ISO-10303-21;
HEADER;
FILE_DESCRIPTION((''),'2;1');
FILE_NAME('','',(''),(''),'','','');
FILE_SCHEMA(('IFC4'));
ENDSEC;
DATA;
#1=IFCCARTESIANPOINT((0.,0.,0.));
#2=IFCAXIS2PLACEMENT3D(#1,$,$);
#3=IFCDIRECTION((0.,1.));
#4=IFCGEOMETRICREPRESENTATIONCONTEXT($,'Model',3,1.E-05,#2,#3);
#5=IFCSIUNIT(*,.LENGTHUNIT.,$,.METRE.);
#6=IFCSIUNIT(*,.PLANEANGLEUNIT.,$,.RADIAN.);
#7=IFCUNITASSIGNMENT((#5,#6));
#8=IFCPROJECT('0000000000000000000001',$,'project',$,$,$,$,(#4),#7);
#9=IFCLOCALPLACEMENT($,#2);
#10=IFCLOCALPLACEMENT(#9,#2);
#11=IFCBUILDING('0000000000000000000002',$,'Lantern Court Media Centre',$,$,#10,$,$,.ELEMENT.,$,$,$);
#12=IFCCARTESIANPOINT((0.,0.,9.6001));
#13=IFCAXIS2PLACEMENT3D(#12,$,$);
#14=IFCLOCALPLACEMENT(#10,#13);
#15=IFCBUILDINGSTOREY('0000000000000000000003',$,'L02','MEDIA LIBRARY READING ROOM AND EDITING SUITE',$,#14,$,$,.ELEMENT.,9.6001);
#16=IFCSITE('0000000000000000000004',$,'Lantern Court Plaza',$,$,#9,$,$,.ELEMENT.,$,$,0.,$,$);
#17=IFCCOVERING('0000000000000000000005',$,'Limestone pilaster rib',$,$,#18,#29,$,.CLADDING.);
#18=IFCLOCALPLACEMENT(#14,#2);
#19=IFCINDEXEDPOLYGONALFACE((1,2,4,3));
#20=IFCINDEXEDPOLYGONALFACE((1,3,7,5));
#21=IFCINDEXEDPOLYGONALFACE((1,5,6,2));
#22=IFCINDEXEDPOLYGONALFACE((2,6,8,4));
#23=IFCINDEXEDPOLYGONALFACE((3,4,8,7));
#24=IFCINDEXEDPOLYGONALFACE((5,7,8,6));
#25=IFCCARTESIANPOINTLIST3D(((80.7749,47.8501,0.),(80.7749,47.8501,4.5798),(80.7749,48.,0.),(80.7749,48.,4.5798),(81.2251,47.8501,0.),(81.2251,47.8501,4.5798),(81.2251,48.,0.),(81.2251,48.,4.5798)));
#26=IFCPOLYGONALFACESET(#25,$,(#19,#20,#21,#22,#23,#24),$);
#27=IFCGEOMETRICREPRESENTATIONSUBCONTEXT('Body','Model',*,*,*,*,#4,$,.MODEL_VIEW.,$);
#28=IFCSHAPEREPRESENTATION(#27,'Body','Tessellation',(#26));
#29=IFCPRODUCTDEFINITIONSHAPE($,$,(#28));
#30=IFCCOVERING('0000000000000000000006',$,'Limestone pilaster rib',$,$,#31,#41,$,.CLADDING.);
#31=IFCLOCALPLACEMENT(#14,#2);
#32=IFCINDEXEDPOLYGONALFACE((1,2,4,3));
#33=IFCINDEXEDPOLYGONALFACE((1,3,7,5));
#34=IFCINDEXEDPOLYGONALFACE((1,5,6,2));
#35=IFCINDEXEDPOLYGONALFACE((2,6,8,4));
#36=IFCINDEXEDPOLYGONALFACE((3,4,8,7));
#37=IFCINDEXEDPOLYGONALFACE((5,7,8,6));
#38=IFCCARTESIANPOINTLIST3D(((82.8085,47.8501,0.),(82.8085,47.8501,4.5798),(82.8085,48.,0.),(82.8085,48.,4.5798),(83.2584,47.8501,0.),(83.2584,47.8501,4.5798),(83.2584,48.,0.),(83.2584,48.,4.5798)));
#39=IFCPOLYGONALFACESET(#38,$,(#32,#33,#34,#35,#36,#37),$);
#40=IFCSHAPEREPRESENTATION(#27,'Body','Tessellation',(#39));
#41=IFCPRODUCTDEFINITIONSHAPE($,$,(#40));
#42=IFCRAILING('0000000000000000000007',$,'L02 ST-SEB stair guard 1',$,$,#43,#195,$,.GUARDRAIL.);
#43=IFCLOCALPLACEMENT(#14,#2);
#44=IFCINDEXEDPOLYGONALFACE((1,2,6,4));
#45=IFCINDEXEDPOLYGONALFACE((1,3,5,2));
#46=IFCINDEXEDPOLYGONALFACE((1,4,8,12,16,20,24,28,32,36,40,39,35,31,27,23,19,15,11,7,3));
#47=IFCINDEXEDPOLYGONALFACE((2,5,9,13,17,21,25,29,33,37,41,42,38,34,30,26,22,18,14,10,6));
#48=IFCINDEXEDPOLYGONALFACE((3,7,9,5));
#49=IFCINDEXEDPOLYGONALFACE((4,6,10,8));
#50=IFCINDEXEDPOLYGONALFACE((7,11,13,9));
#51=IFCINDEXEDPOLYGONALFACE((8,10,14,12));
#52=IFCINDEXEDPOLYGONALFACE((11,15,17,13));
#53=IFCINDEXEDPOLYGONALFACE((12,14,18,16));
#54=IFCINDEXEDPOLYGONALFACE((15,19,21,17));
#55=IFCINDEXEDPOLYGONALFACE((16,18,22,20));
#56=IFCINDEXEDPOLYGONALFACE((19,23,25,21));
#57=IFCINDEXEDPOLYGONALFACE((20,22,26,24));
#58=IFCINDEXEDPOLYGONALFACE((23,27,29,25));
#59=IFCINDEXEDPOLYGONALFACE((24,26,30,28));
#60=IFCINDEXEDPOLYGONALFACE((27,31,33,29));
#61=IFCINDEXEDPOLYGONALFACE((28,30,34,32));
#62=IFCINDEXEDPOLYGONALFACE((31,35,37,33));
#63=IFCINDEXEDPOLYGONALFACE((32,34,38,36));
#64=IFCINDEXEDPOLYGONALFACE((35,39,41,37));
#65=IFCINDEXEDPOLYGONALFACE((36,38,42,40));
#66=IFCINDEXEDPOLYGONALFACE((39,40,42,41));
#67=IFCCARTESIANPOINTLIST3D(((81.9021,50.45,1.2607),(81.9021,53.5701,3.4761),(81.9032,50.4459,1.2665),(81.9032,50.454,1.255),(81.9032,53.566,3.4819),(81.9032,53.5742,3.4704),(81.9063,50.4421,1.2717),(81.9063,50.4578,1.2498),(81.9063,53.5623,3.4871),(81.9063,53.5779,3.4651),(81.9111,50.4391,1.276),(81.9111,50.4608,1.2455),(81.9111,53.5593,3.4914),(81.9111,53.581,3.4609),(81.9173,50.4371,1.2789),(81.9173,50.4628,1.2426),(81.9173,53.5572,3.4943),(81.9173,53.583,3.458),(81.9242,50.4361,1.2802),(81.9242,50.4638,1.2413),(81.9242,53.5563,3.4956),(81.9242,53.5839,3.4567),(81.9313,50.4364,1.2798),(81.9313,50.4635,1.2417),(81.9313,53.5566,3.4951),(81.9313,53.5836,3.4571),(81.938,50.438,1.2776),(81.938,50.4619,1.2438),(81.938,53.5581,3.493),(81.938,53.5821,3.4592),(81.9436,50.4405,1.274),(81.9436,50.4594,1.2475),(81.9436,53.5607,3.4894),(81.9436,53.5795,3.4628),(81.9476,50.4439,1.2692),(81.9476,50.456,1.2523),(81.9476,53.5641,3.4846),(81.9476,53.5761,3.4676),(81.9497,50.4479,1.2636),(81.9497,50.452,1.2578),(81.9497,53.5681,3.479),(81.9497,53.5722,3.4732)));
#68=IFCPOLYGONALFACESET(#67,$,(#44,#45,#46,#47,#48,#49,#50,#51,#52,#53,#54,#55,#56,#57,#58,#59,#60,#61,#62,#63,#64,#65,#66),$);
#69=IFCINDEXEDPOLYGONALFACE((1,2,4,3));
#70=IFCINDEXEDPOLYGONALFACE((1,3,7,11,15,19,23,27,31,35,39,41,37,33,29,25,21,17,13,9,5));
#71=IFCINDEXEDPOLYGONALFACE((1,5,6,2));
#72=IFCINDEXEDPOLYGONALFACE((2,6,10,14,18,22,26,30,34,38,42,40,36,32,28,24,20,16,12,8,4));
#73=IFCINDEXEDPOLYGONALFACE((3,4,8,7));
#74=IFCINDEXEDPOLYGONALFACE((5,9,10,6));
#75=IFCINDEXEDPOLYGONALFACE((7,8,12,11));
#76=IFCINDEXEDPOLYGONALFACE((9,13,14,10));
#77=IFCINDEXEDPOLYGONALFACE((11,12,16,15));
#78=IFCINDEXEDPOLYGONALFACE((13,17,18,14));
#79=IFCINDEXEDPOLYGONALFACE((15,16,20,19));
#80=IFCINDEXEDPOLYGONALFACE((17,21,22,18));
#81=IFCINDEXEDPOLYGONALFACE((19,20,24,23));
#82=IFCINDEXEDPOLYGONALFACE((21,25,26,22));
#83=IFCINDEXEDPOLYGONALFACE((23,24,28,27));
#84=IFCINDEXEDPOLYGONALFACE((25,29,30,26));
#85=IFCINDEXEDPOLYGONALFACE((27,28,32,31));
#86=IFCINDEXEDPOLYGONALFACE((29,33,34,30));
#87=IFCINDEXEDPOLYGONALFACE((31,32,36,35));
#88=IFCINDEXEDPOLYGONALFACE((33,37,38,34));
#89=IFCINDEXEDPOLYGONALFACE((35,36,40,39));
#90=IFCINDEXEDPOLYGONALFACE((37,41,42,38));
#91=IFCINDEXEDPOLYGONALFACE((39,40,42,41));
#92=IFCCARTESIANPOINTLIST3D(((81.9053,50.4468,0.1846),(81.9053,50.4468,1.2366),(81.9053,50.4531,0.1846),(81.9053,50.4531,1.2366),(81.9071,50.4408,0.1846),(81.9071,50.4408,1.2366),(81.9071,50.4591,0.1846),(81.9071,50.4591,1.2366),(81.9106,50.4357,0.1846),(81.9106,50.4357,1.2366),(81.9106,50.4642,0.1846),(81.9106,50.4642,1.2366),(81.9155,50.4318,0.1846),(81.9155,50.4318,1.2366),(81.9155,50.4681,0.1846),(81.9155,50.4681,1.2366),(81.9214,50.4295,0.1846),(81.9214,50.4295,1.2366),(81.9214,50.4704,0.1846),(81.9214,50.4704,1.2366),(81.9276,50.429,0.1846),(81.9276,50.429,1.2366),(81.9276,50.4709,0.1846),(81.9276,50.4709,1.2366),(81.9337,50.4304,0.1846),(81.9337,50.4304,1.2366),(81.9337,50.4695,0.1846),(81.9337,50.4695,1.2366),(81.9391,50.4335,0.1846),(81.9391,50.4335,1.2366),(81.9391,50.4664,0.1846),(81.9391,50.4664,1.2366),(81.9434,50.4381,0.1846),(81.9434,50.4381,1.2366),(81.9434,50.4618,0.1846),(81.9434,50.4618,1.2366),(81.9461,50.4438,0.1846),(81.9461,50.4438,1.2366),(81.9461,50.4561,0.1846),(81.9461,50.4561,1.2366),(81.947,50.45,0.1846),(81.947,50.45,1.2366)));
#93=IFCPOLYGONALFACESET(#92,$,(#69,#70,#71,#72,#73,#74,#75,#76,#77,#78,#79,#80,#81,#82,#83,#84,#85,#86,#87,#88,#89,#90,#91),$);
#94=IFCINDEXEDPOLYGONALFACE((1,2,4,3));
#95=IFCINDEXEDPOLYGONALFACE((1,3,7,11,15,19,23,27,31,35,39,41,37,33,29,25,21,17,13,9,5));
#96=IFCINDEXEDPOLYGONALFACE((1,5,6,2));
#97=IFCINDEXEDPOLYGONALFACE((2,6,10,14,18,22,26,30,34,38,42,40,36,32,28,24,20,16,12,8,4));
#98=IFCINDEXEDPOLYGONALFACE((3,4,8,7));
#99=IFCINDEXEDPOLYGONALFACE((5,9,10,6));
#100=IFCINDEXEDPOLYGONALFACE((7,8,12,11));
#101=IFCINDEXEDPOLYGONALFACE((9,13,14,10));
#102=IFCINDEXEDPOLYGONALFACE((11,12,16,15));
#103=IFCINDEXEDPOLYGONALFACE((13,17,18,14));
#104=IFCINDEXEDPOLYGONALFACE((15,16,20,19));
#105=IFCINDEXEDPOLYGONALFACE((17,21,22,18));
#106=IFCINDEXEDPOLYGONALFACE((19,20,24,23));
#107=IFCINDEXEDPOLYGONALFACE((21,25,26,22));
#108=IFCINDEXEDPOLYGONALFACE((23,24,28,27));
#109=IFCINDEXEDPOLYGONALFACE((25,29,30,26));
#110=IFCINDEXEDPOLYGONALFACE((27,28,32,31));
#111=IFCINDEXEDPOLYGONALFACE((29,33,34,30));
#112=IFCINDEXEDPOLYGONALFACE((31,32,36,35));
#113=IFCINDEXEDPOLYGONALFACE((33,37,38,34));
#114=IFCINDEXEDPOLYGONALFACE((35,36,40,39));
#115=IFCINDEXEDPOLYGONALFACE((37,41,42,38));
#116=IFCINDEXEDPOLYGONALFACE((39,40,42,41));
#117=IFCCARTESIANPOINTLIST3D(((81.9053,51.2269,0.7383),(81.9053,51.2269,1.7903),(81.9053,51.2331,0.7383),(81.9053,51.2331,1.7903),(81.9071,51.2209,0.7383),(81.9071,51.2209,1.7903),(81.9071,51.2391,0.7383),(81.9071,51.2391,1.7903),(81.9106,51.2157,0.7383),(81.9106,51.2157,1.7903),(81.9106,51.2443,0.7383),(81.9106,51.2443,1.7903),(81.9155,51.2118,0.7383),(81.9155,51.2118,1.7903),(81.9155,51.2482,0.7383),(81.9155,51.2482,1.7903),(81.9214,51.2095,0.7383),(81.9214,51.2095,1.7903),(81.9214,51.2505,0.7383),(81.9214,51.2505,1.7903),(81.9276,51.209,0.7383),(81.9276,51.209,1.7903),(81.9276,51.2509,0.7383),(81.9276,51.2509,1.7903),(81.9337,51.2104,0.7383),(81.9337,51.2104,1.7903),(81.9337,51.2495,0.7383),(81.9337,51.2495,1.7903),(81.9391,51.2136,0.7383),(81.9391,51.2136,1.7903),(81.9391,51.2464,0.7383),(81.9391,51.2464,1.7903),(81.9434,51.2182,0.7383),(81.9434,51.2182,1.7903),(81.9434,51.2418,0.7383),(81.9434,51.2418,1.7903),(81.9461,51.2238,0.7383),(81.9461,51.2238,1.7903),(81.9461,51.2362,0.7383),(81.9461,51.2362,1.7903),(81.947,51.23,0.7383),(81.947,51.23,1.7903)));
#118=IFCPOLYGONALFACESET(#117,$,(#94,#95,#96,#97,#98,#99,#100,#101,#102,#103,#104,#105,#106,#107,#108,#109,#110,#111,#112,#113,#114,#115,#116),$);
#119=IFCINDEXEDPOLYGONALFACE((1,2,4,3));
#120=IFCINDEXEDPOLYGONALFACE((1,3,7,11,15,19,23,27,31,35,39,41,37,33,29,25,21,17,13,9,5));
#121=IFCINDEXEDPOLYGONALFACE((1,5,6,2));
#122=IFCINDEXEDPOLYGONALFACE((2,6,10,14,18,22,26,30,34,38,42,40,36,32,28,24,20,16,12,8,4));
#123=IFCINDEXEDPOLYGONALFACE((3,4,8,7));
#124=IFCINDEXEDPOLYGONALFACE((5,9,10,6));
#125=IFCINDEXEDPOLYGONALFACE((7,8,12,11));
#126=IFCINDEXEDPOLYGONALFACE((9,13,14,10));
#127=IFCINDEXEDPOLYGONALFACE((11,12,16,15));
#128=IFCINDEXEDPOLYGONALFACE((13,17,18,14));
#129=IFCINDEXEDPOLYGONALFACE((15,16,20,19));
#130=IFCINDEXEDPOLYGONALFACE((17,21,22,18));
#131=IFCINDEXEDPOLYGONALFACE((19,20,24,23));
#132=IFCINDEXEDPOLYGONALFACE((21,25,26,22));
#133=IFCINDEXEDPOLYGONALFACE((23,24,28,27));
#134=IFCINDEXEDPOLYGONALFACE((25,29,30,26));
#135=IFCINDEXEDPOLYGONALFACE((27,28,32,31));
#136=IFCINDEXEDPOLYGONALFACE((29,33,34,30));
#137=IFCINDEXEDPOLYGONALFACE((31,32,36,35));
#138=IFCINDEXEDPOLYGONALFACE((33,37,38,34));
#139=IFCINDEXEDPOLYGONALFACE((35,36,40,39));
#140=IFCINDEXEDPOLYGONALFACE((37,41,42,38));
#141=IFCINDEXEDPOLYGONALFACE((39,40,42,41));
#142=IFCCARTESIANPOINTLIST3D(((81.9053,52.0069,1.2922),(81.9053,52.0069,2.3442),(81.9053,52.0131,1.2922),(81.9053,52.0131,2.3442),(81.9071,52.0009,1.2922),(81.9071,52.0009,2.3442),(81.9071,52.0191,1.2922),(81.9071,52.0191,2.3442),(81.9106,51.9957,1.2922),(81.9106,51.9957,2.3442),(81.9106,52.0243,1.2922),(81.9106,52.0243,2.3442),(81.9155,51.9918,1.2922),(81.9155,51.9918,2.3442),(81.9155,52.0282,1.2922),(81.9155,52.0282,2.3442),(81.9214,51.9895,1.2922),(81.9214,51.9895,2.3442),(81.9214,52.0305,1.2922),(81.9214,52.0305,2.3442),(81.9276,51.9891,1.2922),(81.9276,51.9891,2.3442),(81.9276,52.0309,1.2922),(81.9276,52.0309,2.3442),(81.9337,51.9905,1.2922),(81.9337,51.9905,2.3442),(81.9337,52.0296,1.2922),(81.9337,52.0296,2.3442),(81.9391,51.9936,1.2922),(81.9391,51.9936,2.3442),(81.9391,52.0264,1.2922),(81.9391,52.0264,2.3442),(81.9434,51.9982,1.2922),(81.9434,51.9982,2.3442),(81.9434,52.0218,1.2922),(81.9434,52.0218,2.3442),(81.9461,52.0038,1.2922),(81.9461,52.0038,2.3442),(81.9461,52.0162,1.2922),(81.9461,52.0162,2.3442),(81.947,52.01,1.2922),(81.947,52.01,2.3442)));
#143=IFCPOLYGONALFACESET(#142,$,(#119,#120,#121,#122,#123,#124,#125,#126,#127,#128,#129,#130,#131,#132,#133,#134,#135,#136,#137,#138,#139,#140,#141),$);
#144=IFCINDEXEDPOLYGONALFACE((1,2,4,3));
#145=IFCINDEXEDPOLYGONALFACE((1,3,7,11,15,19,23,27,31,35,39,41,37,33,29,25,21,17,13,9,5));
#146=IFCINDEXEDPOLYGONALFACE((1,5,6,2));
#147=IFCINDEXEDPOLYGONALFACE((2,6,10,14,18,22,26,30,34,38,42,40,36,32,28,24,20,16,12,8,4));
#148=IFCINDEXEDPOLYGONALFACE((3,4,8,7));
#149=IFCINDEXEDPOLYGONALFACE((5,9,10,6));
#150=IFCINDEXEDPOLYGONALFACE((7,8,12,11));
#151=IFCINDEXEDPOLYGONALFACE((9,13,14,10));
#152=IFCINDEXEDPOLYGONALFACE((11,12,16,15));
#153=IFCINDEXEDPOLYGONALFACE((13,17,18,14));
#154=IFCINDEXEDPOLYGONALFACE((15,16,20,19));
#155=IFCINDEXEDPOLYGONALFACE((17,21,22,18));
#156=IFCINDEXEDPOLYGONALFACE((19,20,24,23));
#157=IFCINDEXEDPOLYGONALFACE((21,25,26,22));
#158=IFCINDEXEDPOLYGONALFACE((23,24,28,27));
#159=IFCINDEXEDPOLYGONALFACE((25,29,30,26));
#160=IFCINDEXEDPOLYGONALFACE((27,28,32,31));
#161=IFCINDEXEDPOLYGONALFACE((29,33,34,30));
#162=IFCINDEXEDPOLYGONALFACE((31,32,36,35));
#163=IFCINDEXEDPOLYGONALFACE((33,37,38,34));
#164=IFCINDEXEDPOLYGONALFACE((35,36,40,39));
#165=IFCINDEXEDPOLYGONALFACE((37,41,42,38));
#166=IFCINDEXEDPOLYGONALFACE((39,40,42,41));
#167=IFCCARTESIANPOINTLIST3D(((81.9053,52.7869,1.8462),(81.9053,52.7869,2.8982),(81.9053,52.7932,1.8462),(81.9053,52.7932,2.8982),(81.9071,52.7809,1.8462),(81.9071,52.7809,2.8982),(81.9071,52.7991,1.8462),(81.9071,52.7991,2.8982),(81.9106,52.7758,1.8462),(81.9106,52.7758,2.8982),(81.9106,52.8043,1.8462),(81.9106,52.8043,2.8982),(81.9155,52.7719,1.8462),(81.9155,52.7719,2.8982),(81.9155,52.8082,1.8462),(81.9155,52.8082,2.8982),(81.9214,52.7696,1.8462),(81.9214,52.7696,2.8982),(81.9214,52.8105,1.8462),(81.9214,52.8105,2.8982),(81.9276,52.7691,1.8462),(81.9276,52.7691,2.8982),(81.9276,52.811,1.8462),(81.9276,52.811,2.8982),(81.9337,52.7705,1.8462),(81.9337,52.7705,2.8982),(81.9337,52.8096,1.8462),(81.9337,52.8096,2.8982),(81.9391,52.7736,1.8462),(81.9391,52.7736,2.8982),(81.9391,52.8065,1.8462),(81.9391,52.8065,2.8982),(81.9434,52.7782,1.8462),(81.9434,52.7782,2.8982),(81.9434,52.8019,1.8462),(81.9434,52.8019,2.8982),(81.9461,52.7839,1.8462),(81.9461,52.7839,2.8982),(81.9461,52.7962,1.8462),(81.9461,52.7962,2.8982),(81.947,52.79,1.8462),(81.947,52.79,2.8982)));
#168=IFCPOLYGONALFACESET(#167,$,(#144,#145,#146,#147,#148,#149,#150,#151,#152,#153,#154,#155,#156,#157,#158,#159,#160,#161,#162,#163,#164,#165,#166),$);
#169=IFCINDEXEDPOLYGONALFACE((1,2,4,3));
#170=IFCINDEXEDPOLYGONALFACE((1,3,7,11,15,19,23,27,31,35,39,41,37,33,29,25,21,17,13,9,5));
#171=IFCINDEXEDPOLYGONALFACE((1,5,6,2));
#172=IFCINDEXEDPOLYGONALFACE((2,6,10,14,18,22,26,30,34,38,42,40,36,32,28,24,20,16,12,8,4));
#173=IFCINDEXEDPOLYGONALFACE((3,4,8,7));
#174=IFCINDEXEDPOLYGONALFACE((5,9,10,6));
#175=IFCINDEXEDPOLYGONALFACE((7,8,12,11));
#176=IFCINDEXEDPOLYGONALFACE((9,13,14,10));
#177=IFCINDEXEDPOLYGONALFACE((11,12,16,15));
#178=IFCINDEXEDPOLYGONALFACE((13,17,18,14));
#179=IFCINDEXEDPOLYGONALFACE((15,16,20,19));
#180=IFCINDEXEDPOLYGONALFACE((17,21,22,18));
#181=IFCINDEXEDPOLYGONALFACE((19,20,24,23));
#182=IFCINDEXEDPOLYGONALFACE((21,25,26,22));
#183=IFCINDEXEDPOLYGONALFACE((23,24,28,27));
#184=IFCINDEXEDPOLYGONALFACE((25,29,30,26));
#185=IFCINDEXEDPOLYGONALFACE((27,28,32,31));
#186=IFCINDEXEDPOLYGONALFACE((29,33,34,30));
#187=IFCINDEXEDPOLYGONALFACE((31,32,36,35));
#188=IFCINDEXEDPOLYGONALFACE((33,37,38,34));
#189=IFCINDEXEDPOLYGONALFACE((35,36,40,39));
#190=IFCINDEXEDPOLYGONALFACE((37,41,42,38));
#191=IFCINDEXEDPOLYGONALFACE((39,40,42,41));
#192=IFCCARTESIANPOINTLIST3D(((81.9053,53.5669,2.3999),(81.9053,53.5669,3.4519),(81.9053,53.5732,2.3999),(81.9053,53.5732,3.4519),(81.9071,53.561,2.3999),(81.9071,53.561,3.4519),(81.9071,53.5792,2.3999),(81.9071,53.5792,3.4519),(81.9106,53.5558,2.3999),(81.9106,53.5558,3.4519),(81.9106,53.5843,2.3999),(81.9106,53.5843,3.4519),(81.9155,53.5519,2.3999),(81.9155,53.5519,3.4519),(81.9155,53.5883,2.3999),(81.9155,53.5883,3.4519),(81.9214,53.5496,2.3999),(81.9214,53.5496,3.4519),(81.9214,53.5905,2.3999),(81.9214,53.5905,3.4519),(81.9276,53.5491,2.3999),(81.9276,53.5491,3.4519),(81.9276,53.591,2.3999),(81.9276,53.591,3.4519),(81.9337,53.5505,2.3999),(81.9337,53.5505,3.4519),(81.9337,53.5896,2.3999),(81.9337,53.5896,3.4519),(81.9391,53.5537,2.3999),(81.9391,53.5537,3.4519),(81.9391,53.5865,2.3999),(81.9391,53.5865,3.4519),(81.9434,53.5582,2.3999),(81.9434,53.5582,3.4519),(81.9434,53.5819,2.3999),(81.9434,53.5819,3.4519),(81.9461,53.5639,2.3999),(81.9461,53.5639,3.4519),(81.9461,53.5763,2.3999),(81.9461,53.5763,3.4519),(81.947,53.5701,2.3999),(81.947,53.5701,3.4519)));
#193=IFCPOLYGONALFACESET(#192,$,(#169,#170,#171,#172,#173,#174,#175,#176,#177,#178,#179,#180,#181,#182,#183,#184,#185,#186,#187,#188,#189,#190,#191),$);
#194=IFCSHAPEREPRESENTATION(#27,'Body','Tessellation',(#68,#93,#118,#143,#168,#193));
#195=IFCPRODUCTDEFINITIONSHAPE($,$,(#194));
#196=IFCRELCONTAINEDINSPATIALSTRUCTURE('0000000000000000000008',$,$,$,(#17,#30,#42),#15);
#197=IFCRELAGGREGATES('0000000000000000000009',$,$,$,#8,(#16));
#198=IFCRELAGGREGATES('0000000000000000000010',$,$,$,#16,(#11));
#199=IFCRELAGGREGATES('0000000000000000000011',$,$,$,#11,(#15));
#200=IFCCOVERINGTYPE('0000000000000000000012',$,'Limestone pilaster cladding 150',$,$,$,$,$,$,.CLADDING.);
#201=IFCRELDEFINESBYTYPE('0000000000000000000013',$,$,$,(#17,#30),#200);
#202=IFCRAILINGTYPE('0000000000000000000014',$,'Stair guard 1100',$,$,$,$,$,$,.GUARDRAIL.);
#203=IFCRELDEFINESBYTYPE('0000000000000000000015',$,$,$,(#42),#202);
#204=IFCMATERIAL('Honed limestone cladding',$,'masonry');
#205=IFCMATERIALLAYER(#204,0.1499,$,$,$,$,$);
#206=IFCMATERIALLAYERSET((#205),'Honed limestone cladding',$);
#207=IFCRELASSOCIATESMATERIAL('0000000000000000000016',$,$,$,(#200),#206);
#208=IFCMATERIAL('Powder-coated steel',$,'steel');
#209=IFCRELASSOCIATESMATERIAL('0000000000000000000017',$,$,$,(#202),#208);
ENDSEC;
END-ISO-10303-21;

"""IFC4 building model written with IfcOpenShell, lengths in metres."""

from ifc_helpers import new_model, si_unit, direction, frame, frame_2d, origin, origin_2d, place, context, subcontext, project, spatial, rectangle, circle, extrude, material, layer, layer_set, type_object, element, save


model = new_model("IFC4")

# Units and contexts
model_context = context("Model", 3, precision=1e-05, world=origin(), true_north=direction((0.0, 1.0)))
body_context = subcontext(model_context, "Body", "Model", "MODEL_VIEW")
ifc_project = project(units=[si_unit("LENGTHUNIT", "METRE"), si_unit("PLANEANGLEUNIT", "RADIAN")], contexts=[model_context])

# Site, building, storey
site_placement = place(None, origin())
site = spatial("IfcSite", under=ifc_project, at=site_placement, Name="Lantern Court Plaza", CompositionType="ELEMENT", RefElevation=0.0)
building_placement = place(site_placement, origin())
building = spatial("IfcBuilding", under=site, at=building_placement, Name="Lantern Court Media Centre", CompositionType="ELEMENT")
storey_placement = place(building_placement, frame((0.0, 0.0, 9.6001)))
storey = spatial("IfcBuildingStorey", under=building, at=storey_placement, Name="L02", Description="MEDIA LIBRARY READING ROOM AND EDITING SUITE", CompositionType="ELEMENT", Elevation=9.6001)

# Shared definitions
ifc_material_1 = material(Name="Powder-coated steel", Category="steel")

# Coverings
ifc_material_2 = material(Name="Honed limestone cladding", Category="masonry")
ifc_layer_1 = layer(ifc_material_2, 0.1499)
ifc_layer_set_1 = layer_set([ifc_layer_1], Name="Honed limestone cladding")
covering_type = type_object("IfcCoveringType", Name="Limestone pilaster cladding 150", PredefinedType="CLADDING", material=ifc_layer_set_1)
covering_1_placement = place(storey_placement, frame((80.7749, 47.925, 0.0), z_axis=(0.0, 0.0, 1.0), x_axis=(1.0, 0.0, 0.0)))
element("IfcCovering", 1, at=covering_1_placement, inside=storey, type_object=covering_type, Name="Limestone pilaster rib", PredefinedType="CLADDING", context=body_context, shape_type="SweptSolid", body=[
    extrude(rectangle(XDim=0.4502, YDim=0.1499, at=frame_2d((0.2251, 0.0))), origin(), (0.0, 0.0, 1.0), 4.5798),
])
covering_2_placement = place(storey_placement, frame((82.8083, 47.925, 0.0), z_axis=(0.0, 0.0, 1.0), x_axis=(1.0, 0.0, 0.0)))
element("IfcCovering", 2, at=covering_2_placement, inside=storey, type_object=covering_type, Name="Limestone pilaster rib", PredefinedType="CLADDING", context=body_context, shape_type="SweptSolid", body=[
    extrude(rectangle(XDim=0.45, YDim=0.1499, at=frame_2d((0.2251, 0.0))), origin(), (0.0, 0.0, 1.0), 4.5798),
])

# Railing
railing_type_1 = type_object("IfcRailingType", Name="Stair guard 1100", PredefinedType="GUARDRAIL", material=ifc_material_1)
railing_1_placement = place(storey_placement, frame((81.926, 50.45, 0.1846)))
element("IfcRailing", 3, at=railing_1_placement, inside=storey, type_object=railing_type_1, Name="L02 ST-SEB stair guard 1", PredefinedType="GUARDRAIL", context=body_context, shape_type="SweptSolid", body=[
    extrude(circle(Radius=0.0239, at=origin_2d()), frame((0.0, 0.0, 1.0762), z_axis=(0.0, 0.815377, 0.57893), x_axis=(-1.0, 0.0, 0.0)), (0.0, 0.0, 1.0), 3.8267),
    extrude(circle(Radius=0.021, at=origin_2d()), origin(), (0.0, 0.0, 1.0), 1.052),
    extrude(circle(Radius=0.021, at=origin_2d()), frame((0.0, 0.78, 0.5537)), (0.0, 0.0, 1.0), 1.052),
    extrude(circle(Radius=0.021, at=origin_2d()), frame((0.0, 1.5601, 1.1077)), (0.0, 0.0, 1.0), 1.052),
    extrude(circle(Radius=0.021, at=origin_2d()), frame((0.0, 2.3401, 1.6616)), (0.0, 0.0, 1.0), 1.052),
    extrude(circle(Radius=0.021, at=origin_2d()), frame((0.0, 3.1201, 2.2153)), (0.0, 0.0, 1.0), 1.052),
])

save(model, "model.ifc")
